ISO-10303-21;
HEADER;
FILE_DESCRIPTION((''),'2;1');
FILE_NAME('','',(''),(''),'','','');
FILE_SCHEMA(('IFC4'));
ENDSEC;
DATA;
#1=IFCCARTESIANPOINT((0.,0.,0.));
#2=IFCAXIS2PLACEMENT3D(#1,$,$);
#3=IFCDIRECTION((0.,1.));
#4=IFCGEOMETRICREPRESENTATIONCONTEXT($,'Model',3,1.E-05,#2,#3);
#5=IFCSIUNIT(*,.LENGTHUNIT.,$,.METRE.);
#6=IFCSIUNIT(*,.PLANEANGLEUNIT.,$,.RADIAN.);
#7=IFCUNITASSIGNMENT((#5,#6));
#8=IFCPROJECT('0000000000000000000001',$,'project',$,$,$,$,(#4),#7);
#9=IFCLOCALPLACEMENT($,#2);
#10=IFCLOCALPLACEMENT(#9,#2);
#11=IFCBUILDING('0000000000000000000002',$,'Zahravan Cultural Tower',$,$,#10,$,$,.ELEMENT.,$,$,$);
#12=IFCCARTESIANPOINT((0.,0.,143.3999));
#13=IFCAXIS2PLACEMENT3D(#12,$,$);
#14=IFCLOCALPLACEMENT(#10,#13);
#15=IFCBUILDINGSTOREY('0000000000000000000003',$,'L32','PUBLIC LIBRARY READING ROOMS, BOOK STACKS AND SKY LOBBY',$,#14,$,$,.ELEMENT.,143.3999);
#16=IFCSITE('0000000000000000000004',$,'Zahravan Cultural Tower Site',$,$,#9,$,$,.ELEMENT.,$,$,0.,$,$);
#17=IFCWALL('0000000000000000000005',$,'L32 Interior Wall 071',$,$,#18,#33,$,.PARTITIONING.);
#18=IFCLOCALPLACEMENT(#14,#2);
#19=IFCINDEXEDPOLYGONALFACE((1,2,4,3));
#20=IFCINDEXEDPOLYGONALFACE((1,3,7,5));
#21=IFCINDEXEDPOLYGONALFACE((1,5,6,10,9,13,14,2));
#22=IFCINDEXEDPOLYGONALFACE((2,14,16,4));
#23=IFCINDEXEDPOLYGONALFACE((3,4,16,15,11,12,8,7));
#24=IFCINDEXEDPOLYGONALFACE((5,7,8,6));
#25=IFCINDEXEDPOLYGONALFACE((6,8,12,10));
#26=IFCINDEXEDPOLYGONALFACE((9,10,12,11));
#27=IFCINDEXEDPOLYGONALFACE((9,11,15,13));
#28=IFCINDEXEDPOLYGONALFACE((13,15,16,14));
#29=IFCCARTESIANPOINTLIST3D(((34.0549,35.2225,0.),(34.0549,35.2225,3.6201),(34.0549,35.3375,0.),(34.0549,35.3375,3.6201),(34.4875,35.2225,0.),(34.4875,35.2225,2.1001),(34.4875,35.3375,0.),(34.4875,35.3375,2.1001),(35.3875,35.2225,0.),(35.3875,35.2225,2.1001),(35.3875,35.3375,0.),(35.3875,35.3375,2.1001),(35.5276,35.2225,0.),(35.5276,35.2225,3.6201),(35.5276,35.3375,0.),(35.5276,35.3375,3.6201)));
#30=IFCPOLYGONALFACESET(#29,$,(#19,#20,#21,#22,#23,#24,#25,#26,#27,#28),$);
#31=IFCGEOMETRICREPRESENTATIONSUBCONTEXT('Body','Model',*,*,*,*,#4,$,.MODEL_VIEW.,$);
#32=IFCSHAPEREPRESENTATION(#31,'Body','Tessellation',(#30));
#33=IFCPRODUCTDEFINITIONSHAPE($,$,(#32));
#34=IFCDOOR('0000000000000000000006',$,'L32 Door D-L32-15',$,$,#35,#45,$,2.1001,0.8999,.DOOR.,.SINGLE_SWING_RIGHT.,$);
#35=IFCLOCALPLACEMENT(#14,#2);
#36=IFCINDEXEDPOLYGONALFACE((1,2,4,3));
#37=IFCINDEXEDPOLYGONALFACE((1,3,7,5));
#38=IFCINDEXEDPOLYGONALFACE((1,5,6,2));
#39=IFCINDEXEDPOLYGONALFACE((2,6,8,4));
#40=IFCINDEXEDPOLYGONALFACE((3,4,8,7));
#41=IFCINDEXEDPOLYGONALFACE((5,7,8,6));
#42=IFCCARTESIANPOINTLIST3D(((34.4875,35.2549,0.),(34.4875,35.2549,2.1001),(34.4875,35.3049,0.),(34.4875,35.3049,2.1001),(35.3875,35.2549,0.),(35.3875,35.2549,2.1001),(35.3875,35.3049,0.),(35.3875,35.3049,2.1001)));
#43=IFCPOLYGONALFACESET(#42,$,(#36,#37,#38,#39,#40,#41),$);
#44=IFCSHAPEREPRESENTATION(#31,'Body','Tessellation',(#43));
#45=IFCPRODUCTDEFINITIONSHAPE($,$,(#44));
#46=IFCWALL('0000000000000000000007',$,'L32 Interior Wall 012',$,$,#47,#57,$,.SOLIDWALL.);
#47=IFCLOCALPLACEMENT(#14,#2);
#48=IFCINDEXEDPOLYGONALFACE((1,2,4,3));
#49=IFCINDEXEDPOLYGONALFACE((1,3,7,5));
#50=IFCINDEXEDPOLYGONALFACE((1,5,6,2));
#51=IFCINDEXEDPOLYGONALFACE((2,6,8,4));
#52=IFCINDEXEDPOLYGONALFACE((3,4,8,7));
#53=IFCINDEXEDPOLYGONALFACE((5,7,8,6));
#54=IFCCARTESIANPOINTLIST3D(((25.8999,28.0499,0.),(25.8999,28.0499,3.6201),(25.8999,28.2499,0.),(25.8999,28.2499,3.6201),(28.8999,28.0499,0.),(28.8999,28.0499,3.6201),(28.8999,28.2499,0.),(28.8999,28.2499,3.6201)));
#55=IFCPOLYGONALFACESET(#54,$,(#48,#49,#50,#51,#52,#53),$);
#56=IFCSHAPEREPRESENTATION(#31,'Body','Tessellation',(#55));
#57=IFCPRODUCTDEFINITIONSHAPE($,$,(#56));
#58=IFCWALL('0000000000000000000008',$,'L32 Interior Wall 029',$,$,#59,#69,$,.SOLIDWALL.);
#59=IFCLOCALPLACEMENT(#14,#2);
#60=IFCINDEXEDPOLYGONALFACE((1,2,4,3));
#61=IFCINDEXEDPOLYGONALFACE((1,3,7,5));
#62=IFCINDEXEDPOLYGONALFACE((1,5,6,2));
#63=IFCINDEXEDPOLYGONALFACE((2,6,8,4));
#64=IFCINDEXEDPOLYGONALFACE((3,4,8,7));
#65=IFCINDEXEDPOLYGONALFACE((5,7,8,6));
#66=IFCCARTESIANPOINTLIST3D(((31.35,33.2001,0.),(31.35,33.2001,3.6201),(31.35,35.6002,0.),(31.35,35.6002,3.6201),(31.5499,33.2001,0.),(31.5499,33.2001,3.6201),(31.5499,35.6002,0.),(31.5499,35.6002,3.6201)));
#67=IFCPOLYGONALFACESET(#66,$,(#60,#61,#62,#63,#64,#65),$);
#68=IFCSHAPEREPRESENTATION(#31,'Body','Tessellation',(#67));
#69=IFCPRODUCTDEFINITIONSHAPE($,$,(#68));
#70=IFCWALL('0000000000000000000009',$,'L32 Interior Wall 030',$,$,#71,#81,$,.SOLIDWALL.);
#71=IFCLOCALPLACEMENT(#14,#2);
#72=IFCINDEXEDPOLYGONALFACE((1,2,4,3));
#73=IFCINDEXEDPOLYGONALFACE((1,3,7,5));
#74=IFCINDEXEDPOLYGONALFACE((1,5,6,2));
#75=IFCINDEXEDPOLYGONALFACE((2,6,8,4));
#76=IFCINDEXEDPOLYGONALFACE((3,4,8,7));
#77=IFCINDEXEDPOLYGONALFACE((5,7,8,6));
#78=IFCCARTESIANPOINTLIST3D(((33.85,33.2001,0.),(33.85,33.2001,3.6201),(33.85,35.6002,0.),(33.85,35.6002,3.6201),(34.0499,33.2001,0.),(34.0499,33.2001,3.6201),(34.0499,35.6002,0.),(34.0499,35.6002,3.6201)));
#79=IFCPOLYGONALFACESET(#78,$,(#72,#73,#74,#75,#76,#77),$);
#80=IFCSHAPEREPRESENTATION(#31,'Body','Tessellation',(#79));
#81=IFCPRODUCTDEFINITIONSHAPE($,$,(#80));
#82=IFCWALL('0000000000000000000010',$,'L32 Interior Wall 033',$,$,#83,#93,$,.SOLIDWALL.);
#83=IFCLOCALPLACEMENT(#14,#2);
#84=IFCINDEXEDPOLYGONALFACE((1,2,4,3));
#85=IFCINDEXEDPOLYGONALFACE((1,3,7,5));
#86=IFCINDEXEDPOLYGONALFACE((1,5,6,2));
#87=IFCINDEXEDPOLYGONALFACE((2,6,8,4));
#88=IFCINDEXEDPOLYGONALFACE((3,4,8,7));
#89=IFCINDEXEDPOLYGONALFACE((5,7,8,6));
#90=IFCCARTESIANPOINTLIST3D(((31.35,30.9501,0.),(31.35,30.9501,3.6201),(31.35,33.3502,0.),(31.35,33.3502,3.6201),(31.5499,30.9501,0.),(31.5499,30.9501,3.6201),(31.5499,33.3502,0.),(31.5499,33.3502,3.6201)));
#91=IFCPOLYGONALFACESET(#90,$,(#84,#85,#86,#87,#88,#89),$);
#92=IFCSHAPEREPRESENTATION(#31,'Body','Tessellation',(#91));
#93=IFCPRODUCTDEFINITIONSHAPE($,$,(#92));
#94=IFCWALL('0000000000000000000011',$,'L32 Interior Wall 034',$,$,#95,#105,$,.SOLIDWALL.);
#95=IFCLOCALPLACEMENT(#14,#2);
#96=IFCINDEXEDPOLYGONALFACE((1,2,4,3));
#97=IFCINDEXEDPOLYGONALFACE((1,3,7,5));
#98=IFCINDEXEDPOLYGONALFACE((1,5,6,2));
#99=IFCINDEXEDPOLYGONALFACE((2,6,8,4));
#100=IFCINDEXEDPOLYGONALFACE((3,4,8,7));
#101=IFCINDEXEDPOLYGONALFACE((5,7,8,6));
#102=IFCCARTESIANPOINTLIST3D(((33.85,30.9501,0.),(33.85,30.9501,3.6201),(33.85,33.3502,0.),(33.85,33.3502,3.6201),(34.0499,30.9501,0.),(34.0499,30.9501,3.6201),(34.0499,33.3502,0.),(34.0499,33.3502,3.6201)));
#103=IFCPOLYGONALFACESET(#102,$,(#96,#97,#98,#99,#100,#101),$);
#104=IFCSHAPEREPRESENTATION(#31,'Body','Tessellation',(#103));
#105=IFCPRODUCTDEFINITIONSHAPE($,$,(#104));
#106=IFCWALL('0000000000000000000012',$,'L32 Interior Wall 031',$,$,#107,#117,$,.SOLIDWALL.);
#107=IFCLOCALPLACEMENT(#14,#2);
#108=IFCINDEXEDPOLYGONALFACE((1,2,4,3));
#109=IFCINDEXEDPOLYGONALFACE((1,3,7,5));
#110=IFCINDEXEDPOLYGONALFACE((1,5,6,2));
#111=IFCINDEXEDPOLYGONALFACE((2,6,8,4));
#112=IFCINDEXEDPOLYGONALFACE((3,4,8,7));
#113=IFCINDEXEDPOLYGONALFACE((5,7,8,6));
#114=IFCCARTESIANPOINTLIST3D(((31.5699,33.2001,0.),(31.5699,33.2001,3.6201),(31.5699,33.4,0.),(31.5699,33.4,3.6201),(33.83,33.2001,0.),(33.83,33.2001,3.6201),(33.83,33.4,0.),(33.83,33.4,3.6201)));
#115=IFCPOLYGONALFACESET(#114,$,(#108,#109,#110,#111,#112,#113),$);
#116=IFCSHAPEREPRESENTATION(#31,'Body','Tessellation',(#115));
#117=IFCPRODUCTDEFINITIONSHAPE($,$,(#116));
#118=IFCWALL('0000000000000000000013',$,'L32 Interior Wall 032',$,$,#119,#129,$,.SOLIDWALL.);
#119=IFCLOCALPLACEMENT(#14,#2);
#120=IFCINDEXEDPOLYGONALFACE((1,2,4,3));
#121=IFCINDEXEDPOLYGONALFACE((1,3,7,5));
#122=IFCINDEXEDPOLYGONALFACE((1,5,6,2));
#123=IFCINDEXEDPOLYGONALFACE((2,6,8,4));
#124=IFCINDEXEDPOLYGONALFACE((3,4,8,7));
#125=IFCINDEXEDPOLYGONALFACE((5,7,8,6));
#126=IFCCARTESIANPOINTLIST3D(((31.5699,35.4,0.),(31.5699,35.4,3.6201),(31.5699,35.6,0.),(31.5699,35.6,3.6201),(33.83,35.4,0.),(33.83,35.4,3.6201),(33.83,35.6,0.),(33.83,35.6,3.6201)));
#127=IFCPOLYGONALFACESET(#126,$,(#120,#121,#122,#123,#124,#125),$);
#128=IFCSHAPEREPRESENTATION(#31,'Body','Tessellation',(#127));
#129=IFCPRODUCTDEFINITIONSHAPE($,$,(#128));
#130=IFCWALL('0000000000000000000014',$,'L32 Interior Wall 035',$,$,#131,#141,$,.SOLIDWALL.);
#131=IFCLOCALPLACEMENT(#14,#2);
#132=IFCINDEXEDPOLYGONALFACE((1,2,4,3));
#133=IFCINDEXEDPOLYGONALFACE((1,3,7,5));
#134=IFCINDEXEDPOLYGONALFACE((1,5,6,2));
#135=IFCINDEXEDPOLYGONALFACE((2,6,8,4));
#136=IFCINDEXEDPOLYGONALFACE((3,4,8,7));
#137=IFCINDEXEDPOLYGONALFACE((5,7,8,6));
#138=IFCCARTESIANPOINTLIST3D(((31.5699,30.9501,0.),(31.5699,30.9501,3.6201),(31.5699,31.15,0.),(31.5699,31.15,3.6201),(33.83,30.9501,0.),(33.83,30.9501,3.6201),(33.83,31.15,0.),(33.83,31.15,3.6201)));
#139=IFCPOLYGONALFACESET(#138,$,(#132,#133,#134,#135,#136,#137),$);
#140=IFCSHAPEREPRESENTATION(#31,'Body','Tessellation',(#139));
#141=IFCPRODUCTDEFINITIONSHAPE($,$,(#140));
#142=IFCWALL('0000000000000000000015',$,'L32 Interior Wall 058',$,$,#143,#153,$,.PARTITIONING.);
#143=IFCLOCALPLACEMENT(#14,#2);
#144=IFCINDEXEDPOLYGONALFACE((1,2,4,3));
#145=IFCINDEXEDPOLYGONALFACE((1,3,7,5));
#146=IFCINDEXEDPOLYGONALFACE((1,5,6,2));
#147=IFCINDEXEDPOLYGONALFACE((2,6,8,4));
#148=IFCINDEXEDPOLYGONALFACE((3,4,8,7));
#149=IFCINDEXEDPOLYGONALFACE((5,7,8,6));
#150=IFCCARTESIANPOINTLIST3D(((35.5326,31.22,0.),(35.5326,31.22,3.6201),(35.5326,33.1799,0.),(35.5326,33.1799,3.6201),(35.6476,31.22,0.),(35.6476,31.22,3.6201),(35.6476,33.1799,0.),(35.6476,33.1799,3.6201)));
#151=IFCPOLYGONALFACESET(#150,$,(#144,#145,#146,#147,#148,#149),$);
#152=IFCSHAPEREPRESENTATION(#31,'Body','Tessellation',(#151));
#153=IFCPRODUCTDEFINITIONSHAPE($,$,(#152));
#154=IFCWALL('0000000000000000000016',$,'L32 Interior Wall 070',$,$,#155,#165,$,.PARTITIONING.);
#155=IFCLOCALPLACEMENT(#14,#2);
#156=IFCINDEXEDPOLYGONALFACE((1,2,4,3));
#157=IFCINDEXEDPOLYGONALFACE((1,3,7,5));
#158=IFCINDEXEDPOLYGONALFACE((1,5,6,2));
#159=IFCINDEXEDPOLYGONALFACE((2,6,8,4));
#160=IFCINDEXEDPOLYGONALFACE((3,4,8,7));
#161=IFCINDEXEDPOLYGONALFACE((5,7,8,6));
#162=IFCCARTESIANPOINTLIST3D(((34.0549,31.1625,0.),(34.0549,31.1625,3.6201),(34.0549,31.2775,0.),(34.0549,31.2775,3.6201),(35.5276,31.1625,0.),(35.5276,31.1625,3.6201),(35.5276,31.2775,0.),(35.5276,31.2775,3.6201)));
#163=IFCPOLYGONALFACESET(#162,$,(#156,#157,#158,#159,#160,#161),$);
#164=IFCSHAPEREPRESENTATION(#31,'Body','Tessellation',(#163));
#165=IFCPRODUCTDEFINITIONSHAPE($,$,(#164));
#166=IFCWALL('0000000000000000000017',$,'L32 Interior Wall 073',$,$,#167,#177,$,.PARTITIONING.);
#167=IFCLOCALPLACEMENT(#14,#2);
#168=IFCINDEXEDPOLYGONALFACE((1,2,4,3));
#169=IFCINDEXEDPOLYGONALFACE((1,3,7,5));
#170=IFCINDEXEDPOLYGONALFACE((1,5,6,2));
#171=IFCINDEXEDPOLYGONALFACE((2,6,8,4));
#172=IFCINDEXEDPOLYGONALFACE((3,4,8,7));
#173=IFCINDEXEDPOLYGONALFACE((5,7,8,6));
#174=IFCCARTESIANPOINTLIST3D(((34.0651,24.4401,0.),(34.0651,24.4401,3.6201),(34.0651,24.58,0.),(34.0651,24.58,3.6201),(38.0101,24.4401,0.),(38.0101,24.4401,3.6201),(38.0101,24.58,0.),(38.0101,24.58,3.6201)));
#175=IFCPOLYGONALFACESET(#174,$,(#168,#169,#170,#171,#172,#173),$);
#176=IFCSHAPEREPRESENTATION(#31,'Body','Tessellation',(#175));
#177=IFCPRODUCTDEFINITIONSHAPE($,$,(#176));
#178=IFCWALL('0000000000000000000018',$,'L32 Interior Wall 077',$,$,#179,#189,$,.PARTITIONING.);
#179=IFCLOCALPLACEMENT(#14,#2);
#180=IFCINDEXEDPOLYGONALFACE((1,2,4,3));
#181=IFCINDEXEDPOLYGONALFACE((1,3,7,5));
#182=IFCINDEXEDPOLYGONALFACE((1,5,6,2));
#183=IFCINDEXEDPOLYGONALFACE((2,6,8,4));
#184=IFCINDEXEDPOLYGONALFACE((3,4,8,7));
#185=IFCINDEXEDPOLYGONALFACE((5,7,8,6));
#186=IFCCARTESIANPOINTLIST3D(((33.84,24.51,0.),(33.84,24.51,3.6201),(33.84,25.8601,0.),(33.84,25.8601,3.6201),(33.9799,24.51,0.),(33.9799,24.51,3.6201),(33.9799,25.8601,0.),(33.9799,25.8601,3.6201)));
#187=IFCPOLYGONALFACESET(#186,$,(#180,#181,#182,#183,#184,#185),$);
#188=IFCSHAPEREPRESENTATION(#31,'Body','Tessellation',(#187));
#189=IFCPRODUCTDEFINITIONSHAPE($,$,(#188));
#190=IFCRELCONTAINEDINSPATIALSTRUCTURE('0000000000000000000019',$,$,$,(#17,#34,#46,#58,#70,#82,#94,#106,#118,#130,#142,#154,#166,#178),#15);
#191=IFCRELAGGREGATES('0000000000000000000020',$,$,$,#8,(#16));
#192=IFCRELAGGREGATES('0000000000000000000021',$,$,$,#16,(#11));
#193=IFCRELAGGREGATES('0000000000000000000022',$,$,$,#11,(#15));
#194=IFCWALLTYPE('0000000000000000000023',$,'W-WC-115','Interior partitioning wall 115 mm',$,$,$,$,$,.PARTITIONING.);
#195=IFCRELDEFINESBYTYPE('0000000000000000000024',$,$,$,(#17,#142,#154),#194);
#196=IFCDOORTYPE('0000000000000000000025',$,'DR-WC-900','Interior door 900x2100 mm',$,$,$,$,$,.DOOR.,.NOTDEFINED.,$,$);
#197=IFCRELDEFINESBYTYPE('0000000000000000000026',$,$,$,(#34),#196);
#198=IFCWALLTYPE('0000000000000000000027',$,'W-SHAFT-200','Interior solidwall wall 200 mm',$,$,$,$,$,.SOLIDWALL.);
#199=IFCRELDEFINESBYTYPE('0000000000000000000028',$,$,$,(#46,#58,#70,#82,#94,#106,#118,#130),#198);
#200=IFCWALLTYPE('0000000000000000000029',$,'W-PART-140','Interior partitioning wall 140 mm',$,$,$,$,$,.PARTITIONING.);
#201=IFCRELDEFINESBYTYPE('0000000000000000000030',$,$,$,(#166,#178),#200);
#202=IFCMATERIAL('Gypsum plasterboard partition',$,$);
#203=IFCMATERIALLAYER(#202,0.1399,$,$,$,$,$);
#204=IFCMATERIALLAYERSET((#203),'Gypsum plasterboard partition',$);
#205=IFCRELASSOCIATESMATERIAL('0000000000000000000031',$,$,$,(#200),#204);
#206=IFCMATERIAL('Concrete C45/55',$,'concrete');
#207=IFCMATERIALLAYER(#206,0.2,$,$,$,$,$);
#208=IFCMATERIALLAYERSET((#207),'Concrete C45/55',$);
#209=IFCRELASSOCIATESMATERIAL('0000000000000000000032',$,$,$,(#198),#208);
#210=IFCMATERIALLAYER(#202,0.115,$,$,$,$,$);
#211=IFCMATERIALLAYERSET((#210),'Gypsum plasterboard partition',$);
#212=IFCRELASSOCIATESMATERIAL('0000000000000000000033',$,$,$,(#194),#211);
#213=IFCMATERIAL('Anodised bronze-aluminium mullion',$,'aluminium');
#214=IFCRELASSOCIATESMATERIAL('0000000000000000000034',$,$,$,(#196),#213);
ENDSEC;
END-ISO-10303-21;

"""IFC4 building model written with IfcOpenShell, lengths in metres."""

from ifc_helpers import new_model, si_unit, direction, frame, frame_2d, origin, place, context, subcontext, project, spatial, rectangle, extrude, source, transform, mapped, material, layer, layer_set, type_object, element, fill, save


model = new_model("IFC4")

# Units and contexts
model_context = context("Model", 3, precision=1e-05, world=origin(), true_north=direction((0.0, 1.0)))
body_context = subcontext(model_context, "Body", "Model", "MODEL_VIEW")
ifc_project = project(units=[si_unit("LENGTHUNIT", "METRE"), si_unit("PLANEANGLEUNIT", "RADIAN")], contexts=[model_context])

# Site, building, storey
site_placement = place(None, origin())
site = spatial("IfcSite", under=ifc_project, at=site_placement, Name="Zahravan Cultural Tower Site", CompositionType="ELEMENT", RefElevation=0.0)
building_placement = place(site_placement, origin())
building = spatial("IfcBuilding", under=site, at=building_placement, Name="Zahravan Cultural Tower", CompositionType="ELEMENT")
storey_placement = place(building_placement, frame((0.0, 0.0, 143.3999)))
storey = spatial("IfcBuildingStorey", under=building, at=storey_placement, Name="L32", Description="PUBLIC LIBRARY READING ROOMS, BOOK STACKS AND SKY LOBBY", CompositionType="ELEMENT", Elevation=143.3999)

# Wall, opening, door
ifc_material_1 = material(Name="Gypsum plasterboard partition")
ifc_layer_1 = layer(ifc_material_1, 0.1399)
ifc_layer_set_1 = layer_set([ifc_layer_1], Name="Gypsum plasterboard partition")
wall_type_1 = type_object("IfcWallType", Name="W-PART-140", Description="Interior partitioning wall 140 mm", PredefinedType="PARTITIONING", material=ifc_layer_set_1)
ifc_material_2 = material(Name="Anodised bronze-aluminium mullion", Category="aluminium")
ifc_material_3 = material(Name="Concrete C45/55", Category="concrete")
ifc_layer_2 = layer(ifc_material_3, 0.2)
ifc_layer_set_2 = layer_set([ifc_layer_2], Name="Concrete C45/55")
wall_type_2 = type_object("IfcWallType", Name="W-SHAFT-200", Description="Interior solidwall wall 200 mm", PredefinedType="SOLIDWALL", material=ifc_layer_set_2)
ifc_layer_3 = layer(ifc_material_1, 0.115)
ifc_layer_set_3 = layer_set([ifc_layer_3], Name="Gypsum plasterboard partition")
wall_type_3 = type_object("IfcWallType", Name="W-WC-115", Description="Interior partitioning wall 115 mm", PredefinedType="PARTITIONING", material=ifc_layer_set_3)
wall_1_placement = place(storey_placement, frame((34.0549, 35.28, 0.0), z_axis=(0.0, 0.0, 1.0), x_axis=(1.0, 0.0, 0.0)))
wall_1 = element("IfcWall", 1, at=wall_1_placement, inside=storey, type_object=wall_type_3, Name="L32 Interior Wall 071", PredefinedType="PARTITIONING", context=body_context, shape_type="SweptSolid", body=[
    extrude(rectangle(XDim=1.4727, YDim=0.115, at=frame_2d((0.7363, 0.0))), origin(), (0.0, 0.0, 1.0), 3.6201),
])
opening_1_placement = place(wall_1_placement, frame((0.4326, 0.0, 0.0)))
opening_1 = element("IfcOpeningElement", 2, at=opening_1_placement, cuts=wall_1, PredefinedType="OPENING", context=body_context, shape_type="SweptSolid", body=[
    extrude(rectangle(XDim=0.8999, YDim=2.1001, at=frame_2d((0.45, 1.05))), frame((0.0, 0.0674, 0.0), z_axis=(0.0, -1.0, 0.0), x_axis=(1.0, 0.0, 0.0)), (0.0, 0.0, 1.0), 0.135),
])
door_type_1 = type_object("IfcDoorType", Name="DR-WC-900", Description="Interior door 900x2100 mm", OperationType="NOTDEFINED", PredefinedType="DOOR", material=ifc_material_2)
shared_shape_1 = source(origin(), body_context, "Body", "SweptSolid", [
    extrude(rectangle(XDim=0.8999, YDim=2.1001, at=frame_2d((0.45, 1.05))), frame((0.0, 0.0249, 0.0), z_axis=(0.0, -1.0, 0.0), x_axis=(1.0, 0.0, 0.0)), (0.0, 0.0, 1.0), 0.05),
])
door_1_placement = place(opening_1_placement, origin())
door_1 = element("IfcDoor", 3, at=door_1_placement, inside=storey, type_object=door_type_1, Name="L32 Door D-L32-15", OperationType="SINGLE_SWING_RIGHT", OverallHeight=2.1001, OverallWidth=0.8999, PredefinedType="DOOR", context=body_context, shape_type="MappedRepresentation", body=[
    mapped(shared_shape_1, transform((0.0, 0.0, 0.0), x_axis=(1.0, 0.0, 0.0), y_axis=(0.0, 1.0, 0.0), z_axis=(0.0, 0.0, 1.0), scale=1.0)),
])
fill(opening_1, door_1)

# Walls
shared_shape_2 = source(origin(), body_context, "Body", "SweptSolid", [
    extrude(rectangle(XDim=3.0, YDim=0.2, at=frame_2d((1.5, 0.0))), origin(), (0.0, 0.0, 1.0), 3.6201),
])
wall_2_placement = place(storey_placement, frame((25.8999, 28.1499, 0.0), z_axis=(0.0, 0.0, 1.0), x_axis=(1.0, 0.0, 0.0)))
element("IfcWall", 4, at=wall_2_placement, inside=storey, type_object=wall_type_2, Name="L32 Interior Wall 012", PredefinedType="SOLIDWALL", context=body_context, shape_type="MappedRepresentation", body=[
    mapped(shared_shape_2, transform((0.0, 0.0, 0.0), x_axis=(1.0, 0.0, 0.0), y_axis=(0.0, 1.0, 0.0), z_axis=(0.0, 0.0, 1.0), scale=1.0)),
])
shared_shape_3 = source(origin(), body_context, "Body", "SweptSolid", [
    extrude(rectangle(XDim=2.4001, YDim=0.2, at=frame_2d((1.2002, 0.0))), origin(), (0.0, 0.0, 1.0), 3.6201),
])
for number, where, z_axis, x_axis, name in (
    (5, (31.45, 33.2, 0.0), (0.0, 0.0, 1.0), (0.0, 1.0, 0.0), "L32 Interior Wall 029"),
    (6, (33.95, 33.2, 0.0), (0.0, 0.0, 1.0), (0.0, 1.0, 0.0), "L32 Interior Wall 030"),
    (7, (31.45, 30.95, 0.0), (0.0, 0.0, 1.0), (0.0, 1.0, 0.0), "L32 Interior Wall 033"),
    (8, (33.95, 30.95, 0.0), (0.0, 0.0, 1.0), (0.0, 1.0, 0.0), "L32 Interior Wall 034"),
):
    element("IfcWall", number, at=place(storey_placement, frame(where, z_axis=z_axis, x_axis=x_axis)), inside=storey, type_object=wall_type_2, Name=name, PredefinedType="SOLIDWALL", context=body_context, shape_type="MappedRepresentation", body=[
        mapped(shared_shape_3, transform((0.0, 0.0, 0.0), x_axis=(1.0, 0.0, 0.0), y_axis=(0.0, 1.0, 0.0), z_axis=(0.0, 0.0, 1.0), scale=1.0)),
    ])
shared_shape_4 = source(origin(), body_context, "Body", "SweptSolid", [
    extrude(rectangle(XDim=2.26, YDim=0.2, at=frame_2d((1.1299, 0.0))), origin(), (0.0, 0.0, 1.0), 3.6201),
])
for number, where, z_axis, x_axis, name in (
    (9, (31.5701, 33.3, 0.0), (0.0, 0.0, 1.0), (1.0, 0.0, 0.0), "L32 Interior Wall 031"),
    (10, (31.5701, 35.5, 0.0), (0.0, 0.0, 1.0), (1.0, 0.0, 0.0), "L32 Interior Wall 032"),
    (11, (31.5701, 31.05, 0.0), (0.0, 0.0, 1.0), (1.0, 0.0, 0.0), "L32 Interior Wall 035"),
):
    element("IfcWall", number, at=place(storey_placement, frame(where, z_axis=z_axis, x_axis=x_axis)), inside=storey, type_object=wall_type_2, Name=name, PredefinedType="SOLIDWALL", context=body_context, shape_type="MappedRepresentation", body=[
        mapped(shared_shape_4, transform((0.0, 0.0, 0.0), x_axis=(1.0, 0.0, 0.0), y_axis=(0.0, 1.0, 0.0), z_axis=(0.0, 0.0, 1.0), scale=1.0)),
    ])
shared_shape_5 = source(origin(), body_context, "Body", "SweptSolid", [
    extrude(rectangle(XDim=1.96, YDim=0.115, at=frame_2d((0.98, 0.0))), origin(), (0.0, 0.0, 1.0), 3.6201),
])
wall_3_placement = place(storey_placement, frame((35.5901, 31.22, 0.0), z_axis=(0.0, 0.0, 1.0), x_axis=(0.0, 1.0, 0.0)))
element("IfcWall", 12, at=wall_3_placement, inside=storey, type_object=wall_type_3, Name="L32 Interior Wall 058", PredefinedType="PARTITIONING", context=body_context, shape_type="MappedRepresentation", body=[
    mapped(shared_shape_5, transform((0.0, 0.0, 0.0), x_axis=(1.0, 0.0, 0.0), y_axis=(0.0, 1.0, 0.0), z_axis=(0.0, 0.0, 1.0), scale=1.0)),
])
shared_shape_6 = source(origin(), body_context, "Body", "SweptSolid", [
    extrude(rectangle(XDim=1.4727, YDim=0.115, at=frame_2d((0.7363, 0.0))), origin(), (0.0, 0.0, 1.0), 3.6201),
])
wall_4_placement = place(storey_placement, frame((35.5276, 31.22, 0.0), z_axis=(0.0, 0.0, 1.0), x_axis=(-1.0, 0.0, 0.0)))
element("IfcWall", 13, at=wall_4_placement, inside=storey, type_object=wall_type_3, Name="L32 Interior Wall 070", PredefinedType="PARTITIONING", context=body_context, shape_type="MappedRepresentation", body=[
    mapped(shared_shape_6, transform((0.0, 0.0, 0.0), x_axis=(1.0, 0.0, 0.0), y_axis=(0.0, 1.0, 0.0), z_axis=(0.0, 0.0, 1.0), scale=1.0)),
])
shared_shape_7 = source(origin(), body_context, "Body", "SweptSolid", [
    extrude(rectangle(XDim=3.9451, YDim=0.1399, at=frame_2d((1.9727, 0.0))), origin(), (0.0, 0.0, 1.0), 3.6201),
])
wall_5_placement = place(storey_placement, frame((34.0649, 24.51, 0.0), z_axis=(0.0, 0.0, 1.0), x_axis=(1.0, 0.0, 0.0)))
element("IfcWall", 14, at=wall_5_placement, inside=storey, type_object=wall_type_1, Name="L32 Interior Wall 073", PredefinedType="PARTITIONING", context=body_context, shape_type="MappedRepresentation", body=[
    mapped(shared_shape_7, transform((0.0, 0.0, 0.0), x_axis=(1.0, 0.0, 0.0), y_axis=(0.0, 1.0, 0.0), z_axis=(0.0, 0.0, 1.0), scale=1.0)),
])
shared_shape_8 = source(origin(), body_context, "Body", "SweptSolid", [
    extrude(rectangle(XDim=1.3501, YDim=0.1399, at=frame_2d((0.675, 0.0))), origin(), (0.0, 0.0, 1.0), 3.6201),
])
wall_6_placement = place(storey_placement, frame((33.9099, 25.8601, 0.0), z_axis=(0.0, 0.0, 1.0), x_axis=(0.0, -1.0, 0.0)))
element("IfcWall", 15, at=wall_6_placement, inside=storey, type_object=wall_type_1, Name="L32 Interior Wall 077", PredefinedType="PARTITIONING", context=body_context, shape_type="MappedRepresentation", body=[
    mapped(shared_shape_8, transform((0.0, 0.0, 0.0), x_axis=(1.0, 0.0, 0.0), y_axis=(0.0, 1.0, 0.0), z_axis=(0.0, 0.0, 1.0), scale=1.0)),
])

save(model, "model.ifc")
